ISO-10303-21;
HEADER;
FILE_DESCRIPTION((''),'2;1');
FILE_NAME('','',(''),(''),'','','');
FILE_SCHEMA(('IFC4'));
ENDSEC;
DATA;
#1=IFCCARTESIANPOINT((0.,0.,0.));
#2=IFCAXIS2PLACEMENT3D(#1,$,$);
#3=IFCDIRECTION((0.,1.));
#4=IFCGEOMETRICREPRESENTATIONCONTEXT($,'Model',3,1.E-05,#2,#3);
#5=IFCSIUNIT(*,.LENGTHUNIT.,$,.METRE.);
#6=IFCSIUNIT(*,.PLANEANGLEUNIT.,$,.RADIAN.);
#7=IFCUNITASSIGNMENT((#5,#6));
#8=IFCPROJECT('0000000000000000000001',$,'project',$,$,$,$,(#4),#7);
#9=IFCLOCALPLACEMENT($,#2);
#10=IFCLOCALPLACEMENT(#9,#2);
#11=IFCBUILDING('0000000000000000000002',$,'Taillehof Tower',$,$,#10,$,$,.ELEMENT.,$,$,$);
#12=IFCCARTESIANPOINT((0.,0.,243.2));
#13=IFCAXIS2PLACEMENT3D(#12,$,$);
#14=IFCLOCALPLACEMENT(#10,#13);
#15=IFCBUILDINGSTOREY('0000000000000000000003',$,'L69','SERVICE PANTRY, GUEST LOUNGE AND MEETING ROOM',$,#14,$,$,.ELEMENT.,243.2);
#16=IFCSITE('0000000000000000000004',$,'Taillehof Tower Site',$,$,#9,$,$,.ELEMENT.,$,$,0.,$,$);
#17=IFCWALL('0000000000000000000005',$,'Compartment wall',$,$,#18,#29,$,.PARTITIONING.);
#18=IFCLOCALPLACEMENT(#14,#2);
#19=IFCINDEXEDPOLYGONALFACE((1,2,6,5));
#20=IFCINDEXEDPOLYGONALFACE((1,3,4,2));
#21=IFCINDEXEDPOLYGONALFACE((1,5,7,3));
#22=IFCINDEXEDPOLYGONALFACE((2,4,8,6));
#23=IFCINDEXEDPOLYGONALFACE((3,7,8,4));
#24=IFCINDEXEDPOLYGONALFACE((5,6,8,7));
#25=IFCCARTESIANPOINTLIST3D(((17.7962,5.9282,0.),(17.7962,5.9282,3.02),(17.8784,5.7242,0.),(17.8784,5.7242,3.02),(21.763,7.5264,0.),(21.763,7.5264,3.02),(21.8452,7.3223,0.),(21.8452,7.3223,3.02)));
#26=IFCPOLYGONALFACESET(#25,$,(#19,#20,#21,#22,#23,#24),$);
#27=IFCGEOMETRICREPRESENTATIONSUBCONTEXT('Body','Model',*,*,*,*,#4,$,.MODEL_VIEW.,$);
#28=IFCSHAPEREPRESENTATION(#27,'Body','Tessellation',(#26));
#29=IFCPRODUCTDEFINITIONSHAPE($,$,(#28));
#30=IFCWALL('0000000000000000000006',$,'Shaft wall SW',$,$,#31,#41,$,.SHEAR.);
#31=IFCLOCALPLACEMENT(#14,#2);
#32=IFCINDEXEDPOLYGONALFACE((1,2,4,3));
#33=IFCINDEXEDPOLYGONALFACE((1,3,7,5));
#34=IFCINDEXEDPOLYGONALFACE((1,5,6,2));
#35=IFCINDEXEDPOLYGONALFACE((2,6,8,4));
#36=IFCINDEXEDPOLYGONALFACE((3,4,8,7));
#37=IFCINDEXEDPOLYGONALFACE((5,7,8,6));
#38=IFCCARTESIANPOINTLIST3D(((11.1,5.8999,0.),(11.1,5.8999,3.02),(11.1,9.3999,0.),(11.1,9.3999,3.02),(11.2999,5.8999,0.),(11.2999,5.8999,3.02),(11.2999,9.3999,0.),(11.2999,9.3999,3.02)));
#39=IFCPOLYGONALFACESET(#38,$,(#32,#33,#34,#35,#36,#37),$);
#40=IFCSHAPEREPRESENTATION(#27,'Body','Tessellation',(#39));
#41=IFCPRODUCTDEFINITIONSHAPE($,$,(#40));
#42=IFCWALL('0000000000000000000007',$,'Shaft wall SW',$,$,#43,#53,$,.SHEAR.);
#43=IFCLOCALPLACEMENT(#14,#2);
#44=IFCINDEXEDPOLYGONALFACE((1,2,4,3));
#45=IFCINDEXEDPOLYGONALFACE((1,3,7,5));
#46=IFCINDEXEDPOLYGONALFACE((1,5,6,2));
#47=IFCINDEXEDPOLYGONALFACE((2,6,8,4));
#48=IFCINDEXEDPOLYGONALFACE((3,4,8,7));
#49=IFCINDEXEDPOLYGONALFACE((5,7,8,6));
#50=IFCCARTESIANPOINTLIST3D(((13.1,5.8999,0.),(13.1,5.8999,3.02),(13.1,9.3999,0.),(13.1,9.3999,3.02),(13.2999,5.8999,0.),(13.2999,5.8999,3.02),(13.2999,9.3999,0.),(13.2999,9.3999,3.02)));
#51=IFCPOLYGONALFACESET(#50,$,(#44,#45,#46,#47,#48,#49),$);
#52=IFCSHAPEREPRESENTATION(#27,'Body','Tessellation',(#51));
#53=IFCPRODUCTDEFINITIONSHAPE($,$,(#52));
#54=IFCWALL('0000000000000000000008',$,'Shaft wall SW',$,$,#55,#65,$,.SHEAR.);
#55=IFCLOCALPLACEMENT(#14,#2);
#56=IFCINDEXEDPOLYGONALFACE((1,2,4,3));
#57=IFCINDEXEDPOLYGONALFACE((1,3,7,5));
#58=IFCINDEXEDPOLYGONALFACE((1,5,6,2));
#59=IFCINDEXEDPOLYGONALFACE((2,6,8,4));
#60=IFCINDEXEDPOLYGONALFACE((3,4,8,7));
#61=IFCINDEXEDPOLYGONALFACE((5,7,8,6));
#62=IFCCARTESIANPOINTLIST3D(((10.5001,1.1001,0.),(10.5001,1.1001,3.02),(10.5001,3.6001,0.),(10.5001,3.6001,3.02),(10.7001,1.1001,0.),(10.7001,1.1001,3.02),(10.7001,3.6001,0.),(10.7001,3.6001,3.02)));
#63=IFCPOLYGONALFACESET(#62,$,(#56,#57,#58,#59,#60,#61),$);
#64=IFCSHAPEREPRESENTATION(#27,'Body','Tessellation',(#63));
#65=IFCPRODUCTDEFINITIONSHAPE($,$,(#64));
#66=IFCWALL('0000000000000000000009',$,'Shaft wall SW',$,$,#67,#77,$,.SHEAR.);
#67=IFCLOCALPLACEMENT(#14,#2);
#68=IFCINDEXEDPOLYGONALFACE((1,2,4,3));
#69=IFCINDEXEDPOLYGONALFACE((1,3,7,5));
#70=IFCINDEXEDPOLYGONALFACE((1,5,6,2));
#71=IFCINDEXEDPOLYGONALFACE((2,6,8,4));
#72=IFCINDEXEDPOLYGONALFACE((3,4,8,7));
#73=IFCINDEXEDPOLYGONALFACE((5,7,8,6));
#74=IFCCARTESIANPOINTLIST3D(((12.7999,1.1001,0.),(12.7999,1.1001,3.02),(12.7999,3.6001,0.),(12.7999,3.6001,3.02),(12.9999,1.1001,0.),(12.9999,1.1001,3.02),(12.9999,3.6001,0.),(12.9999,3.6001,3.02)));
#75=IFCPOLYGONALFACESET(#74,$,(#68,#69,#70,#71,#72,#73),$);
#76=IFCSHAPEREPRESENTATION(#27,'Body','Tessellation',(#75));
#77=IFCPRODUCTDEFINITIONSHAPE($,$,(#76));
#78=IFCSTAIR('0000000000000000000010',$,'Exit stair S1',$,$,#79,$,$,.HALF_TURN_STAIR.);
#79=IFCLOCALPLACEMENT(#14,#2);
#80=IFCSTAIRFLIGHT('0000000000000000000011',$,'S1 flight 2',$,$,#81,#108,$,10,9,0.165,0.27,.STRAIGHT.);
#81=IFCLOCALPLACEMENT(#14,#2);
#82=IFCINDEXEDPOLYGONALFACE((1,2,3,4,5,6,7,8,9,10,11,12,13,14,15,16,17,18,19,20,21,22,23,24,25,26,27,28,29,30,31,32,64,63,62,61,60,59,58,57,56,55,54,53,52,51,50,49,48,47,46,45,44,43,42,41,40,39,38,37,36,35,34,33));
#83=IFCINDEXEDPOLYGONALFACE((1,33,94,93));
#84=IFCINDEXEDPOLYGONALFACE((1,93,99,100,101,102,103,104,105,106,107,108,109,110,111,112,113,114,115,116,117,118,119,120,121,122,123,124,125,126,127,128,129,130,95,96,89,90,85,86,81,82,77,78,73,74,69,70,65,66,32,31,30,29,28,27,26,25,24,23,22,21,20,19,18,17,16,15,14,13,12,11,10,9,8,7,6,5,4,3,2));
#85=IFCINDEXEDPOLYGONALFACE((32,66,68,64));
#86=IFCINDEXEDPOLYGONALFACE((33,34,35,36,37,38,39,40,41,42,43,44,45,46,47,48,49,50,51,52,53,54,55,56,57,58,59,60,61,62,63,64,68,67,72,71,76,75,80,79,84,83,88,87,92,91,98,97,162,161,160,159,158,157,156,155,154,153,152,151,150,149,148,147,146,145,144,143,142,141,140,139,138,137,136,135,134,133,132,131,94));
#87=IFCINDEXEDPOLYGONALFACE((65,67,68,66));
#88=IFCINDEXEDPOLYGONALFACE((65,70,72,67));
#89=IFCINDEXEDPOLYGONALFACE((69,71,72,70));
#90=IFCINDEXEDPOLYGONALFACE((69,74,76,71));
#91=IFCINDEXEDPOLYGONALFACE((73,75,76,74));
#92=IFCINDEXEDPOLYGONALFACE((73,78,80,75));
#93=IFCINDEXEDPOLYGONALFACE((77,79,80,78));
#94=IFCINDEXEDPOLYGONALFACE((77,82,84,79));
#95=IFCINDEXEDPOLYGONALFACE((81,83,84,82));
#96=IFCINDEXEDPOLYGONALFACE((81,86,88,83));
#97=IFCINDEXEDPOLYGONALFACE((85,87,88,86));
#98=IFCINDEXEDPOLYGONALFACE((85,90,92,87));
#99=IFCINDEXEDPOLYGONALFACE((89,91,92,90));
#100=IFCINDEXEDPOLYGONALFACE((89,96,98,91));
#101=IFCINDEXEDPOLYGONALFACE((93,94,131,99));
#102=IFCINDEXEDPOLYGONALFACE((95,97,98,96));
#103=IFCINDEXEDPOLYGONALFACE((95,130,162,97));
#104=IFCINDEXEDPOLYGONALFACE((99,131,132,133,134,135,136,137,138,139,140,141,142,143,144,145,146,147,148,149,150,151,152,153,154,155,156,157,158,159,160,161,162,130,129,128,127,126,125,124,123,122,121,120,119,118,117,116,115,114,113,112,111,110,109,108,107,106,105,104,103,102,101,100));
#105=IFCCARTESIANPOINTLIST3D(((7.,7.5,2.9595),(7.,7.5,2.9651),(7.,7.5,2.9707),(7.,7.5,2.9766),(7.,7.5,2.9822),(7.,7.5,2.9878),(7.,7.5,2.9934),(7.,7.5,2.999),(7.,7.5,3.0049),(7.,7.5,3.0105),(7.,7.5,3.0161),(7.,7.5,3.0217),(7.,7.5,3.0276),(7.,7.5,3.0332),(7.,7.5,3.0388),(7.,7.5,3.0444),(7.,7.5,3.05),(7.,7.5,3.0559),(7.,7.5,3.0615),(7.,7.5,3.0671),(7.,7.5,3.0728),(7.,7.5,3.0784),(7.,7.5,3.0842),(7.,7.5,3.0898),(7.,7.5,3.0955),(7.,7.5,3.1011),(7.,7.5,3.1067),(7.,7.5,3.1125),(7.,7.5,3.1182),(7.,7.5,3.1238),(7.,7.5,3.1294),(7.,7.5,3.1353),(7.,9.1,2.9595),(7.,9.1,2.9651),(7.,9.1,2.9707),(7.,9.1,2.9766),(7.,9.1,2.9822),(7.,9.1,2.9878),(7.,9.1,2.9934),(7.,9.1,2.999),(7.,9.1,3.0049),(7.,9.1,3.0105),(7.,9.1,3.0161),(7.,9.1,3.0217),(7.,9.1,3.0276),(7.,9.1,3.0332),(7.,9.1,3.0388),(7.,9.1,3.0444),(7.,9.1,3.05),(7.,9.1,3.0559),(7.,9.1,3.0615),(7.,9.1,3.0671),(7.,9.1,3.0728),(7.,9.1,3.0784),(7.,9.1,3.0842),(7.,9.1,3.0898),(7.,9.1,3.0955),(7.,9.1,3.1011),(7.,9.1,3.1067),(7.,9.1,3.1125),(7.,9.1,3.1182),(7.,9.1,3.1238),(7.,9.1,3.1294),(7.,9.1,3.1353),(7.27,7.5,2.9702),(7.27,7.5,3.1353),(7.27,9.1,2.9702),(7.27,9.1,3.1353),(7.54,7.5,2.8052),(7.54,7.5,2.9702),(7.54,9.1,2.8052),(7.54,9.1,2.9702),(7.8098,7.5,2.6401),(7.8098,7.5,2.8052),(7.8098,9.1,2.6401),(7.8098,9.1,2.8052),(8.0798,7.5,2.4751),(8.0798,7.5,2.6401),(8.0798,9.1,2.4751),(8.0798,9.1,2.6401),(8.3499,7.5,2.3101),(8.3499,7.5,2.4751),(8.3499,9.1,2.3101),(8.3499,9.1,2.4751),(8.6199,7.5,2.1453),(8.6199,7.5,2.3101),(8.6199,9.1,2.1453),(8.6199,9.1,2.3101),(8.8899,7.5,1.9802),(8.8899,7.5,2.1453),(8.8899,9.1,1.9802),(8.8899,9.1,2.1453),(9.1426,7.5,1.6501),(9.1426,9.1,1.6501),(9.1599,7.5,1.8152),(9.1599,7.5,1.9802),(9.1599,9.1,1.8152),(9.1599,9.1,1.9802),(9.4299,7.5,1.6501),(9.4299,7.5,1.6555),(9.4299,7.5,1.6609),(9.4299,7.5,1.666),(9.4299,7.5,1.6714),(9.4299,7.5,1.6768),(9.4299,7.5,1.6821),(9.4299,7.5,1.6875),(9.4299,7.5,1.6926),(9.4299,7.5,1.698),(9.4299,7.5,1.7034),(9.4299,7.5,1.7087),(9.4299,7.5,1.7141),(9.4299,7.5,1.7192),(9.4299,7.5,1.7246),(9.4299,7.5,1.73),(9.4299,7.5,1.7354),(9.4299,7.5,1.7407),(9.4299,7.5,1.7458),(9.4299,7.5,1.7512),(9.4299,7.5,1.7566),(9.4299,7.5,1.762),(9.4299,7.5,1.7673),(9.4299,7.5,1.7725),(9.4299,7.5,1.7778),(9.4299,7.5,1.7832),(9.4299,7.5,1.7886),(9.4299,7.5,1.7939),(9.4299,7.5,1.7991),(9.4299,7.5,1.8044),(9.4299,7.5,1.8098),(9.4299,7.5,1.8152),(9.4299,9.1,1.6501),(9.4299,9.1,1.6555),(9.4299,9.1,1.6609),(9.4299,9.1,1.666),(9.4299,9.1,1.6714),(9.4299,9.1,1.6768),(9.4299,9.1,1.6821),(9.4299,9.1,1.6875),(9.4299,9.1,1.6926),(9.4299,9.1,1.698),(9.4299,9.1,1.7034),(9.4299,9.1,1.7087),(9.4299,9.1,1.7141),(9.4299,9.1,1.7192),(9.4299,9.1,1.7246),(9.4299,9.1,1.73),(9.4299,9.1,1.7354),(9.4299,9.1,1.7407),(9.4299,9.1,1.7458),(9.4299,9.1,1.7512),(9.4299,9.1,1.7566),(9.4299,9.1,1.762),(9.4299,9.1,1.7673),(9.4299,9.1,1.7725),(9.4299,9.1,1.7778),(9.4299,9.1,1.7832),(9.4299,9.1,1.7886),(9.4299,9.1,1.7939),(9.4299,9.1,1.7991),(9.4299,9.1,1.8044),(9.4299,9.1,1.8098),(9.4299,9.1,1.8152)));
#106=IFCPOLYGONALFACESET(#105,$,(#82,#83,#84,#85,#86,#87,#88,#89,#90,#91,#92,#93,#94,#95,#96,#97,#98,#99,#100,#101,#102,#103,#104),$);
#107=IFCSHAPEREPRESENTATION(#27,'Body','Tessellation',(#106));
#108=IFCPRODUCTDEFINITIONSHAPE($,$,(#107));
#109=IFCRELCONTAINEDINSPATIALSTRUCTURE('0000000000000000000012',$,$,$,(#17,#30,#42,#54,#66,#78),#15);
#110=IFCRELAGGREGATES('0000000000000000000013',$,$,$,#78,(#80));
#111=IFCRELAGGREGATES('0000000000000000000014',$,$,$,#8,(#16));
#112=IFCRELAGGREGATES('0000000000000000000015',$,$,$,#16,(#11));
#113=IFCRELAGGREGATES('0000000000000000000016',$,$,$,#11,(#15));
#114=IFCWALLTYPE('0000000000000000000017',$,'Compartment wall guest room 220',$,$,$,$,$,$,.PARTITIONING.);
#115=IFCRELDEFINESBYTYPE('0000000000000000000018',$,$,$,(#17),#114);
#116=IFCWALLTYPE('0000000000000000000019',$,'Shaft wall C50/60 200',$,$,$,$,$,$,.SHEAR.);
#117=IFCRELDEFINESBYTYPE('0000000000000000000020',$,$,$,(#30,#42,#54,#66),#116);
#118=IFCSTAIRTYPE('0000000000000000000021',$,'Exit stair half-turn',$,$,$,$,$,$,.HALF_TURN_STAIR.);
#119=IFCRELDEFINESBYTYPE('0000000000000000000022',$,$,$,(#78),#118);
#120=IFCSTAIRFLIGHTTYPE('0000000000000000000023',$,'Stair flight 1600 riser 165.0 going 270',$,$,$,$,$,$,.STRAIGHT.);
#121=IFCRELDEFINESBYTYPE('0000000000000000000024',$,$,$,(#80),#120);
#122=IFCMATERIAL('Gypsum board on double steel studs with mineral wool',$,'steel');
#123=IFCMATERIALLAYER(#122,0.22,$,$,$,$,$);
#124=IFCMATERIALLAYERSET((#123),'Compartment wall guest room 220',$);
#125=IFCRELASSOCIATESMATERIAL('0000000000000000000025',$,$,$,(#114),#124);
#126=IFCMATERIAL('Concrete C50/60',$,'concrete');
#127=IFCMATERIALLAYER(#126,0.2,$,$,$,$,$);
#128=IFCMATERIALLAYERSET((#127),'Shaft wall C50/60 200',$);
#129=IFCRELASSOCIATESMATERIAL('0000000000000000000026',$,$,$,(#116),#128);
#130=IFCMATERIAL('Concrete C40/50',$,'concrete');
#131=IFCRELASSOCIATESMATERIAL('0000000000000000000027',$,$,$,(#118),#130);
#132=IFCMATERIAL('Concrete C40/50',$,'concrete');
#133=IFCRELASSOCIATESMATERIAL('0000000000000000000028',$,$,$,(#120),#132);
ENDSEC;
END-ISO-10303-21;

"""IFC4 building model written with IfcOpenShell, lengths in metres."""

from ifc_helpers import new_model, si_unit, direction, frame, frame_2d, origin, place, context, subcontext, project, spatial, polyline, rectangle, outline, extrude, material, layer, layer_set, type_object, element, aggregate, save


model = new_model("IFC4")

# Units and contexts
model_context = context("Model", 3, precision=1e-05, world=origin(), true_north=direction((0.0, 1.0)))
body_context = subcontext(model_context, "Body", "Model", "MODEL_VIEW")
ifc_project = project(units=[si_unit("LENGTHUNIT", "METRE"), si_unit("PLANEANGLEUNIT", "RADIAN")], contexts=[model_context])

# Site, building, storey
site_placement = place(None, origin())
site = spatial("IfcSite", under=ifc_project, at=site_placement, Name="Taillehof Tower Site", CompositionType="ELEMENT", RefElevation=0.0)
building_placement = place(site_placement, origin())
building = spatial("IfcBuilding", under=site, at=building_placement, Name="Taillehof Tower", CompositionType="ELEMENT")
storey_placement = place(building_placement, frame((0.0, 0.0, 243.2)))
storey = spatial("IfcBuildingStorey", under=building, at=storey_placement, Name="L69", Description="SERVICE PANTRY, GUEST LOUNGE AND MEETING ROOM", CompositionType="ELEMENT", Elevation=243.2)

# Walls
ifc_material_1 = material(Name="Gypsum board on double steel studs with mineral wool", Category="steel")
ifc_layer_1 = layer(ifc_material_1, 0.22)
ifc_layer_set_1 = layer_set([ifc_layer_1], Name="Compartment wall guest room 220")
wall_type_1 = type_object("IfcWallType", Name="Compartment wall guest room 220", PredefinedType="PARTITIONING", material=ifc_layer_set_1)
wall_1_placement = place(storey_placement, frame((21.804, 7.4243, 0.0), z_axis=(0.0, 0.0, 1.0), x_axis=(-0.927553, -0.373693, 0.0)))
element("IfcWall", 1, at=wall_1_placement, inside=storey, type_object=wall_type_1, Name="Compartment wall", PredefinedType="PARTITIONING", context=body_context, shape_type="SweptSolid", body=[
    extrude(rectangle(XDim=4.2766, YDim=0.22, at=frame_2d((2.1382, 0.0))), origin(), (0.0, 0.0, 1.0), 3.02),
])
ifc_material_2 = material(Name="Concrete C50/60", Category="concrete")
ifc_layer_2 = layer(ifc_material_2, 0.2)
ifc_layer_set_2 = layer_set([ifc_layer_2], Name="Shaft wall C50/60 200")
wall_type_2 = type_object("IfcWallType", Name="Shaft wall C50/60 200", PredefinedType="SHEAR", material=ifc_layer_set_2)
for number, where, z_axis, x_axis, name in (
    (2, (11.2, 5.8999, 0.0), (0.0, 0.0, 1.0), (0.0, 1.0, 0.0), "Shaft wall SW"),
    (3, (13.2, 5.8999, 0.0), (0.0, 0.0, 1.0), (0.0, 1.0, 0.0), "Shaft wall SW"),
):
    element("IfcWall", number, at=place(storey_placement, frame(where, z_axis=z_axis, x_axis=x_axis)), inside=storey, type_object=wall_type_2, Name=name, PredefinedType="SHEAR", context=body_context, shape_type="SweptSolid", body=[
        extrude(rectangle(XDim=3.5, YDim=0.2, at=frame_2d((1.75, 0.0))), origin(), (0.0, 0.0, 1.0), 3.02),
    ])
for number, where, z_axis, x_axis, name in (
    (4, (10.6001, 1.1001, 0.0), (0.0, 0.0, 1.0), (0.0, 1.0, 0.0), "Shaft wall SW"),
    (5, (12.8999, 1.1001, 0.0), (0.0, 0.0, 1.0), (0.0, 1.0, 0.0), "Shaft wall SW"),
):
    element("IfcWall", number, at=place(storey_placement, frame(where, z_axis=z_axis, x_axis=x_axis)), inside=storey, type_object=wall_type_2, Name=name, PredefinedType="SHEAR", context=body_context, shape_type="SweptSolid", body=[
        extrude(rectangle(XDim=2.5, YDim=0.2, at=frame_2d((1.25, 0.0))), origin(), (0.0, 0.0, 1.0), 3.02),
    ])

# Stair, stair flight
ifc_material_3 = material(Name="Concrete C40/50", Category="concrete")
stair_type = type_object("IfcStairType", Name="Exit stair half-turn", PredefinedType="HALF_TURN_STAIR", material=ifc_material_3)
stair_placement = place(storey_placement, origin())
stair = element("IfcStair", 6, at=stair_placement, inside=storey, type_object=stair_type, Name="Exit stair S1", PredefinedType="HALF_TURN_STAIR")
ifc_material_4 = material(Name="Concrete C40/50", Category="concrete")
stair_flight_type = type_object("IfcStairFlightType", Name="Stair flight 1600 riser 165.0 going 270", PredefinedType="STRAIGHT", material=ifc_material_4)
stair_flight_placement = place(storey_placement, frame((9.4299, 8.3, 1.6501), z_axis=(0.0, 0.0, 1.0), x_axis=(-1.0, 0.0, 0.0)))
stair_flight = element("IfcStairFlight", 7, at=stair_flight_placement, type_object=stair_flight_type, Name="S1 flight 2", NumberOfRisers=10, NumberOfTreads=9, PredefinedType="STRAIGHT", RiserHeight=0.165, TreadLength=0.27, context=body_context, shape_type="SweptSolid", body=[
    extrude(outline(polyline([(0.0, 0.0), (0.0, 0.0054), (0.0, 0.0107), (0.0, 0.0159), (0.0, 0.0212), (0.0, 0.0266), (0.0, 0.032), (0.0, 0.0374), (0.0, 0.0425), (0.0, 0.0479), (0.0, 0.0532), (0.0, 0.0586), (0.0, 0.064), (0.0, 0.0691), (0.0, 0.0745), (0.0, 0.0798), (0.0, 0.0852), (0.0, 0.0906), (0.0, 0.0957), (0.0, 0.1011), (0.0, 0.1064), (0.0, 0.1118), (0.0, 0.1172), (0.0, 0.1223), (0.0, 0.1277), (0.0, 0.1331), (0.0, 0.1384), (0.0, 0.1438), (0.0, 0.1489), (0.0, 0.1543), (0.0, 0.1597), (0.0, 0.165), (0.27, 0.165), (0.27, 0.3301), (0.54, 0.3301), (0.54, 0.4951), (0.8101, 0.4951), (0.8101, 0.6599), (1.0801, 0.6599), (1.0801, 0.825), (1.3501, 0.825), (1.3501, 0.99), (1.6201, 0.99), (1.6201, 1.155), (1.8899, 1.155), (1.8899, 1.3201), (2.1599, 1.3201), (2.1599, 1.4851), (2.4299, 1.4851), (2.4299, 1.4792), (2.4299, 1.4736), (2.4299, 1.468), (2.4299, 1.4624), (2.4299, 1.4565), (2.4299, 1.4509), (2.4299, 1.4453), (2.4299, 1.4397), (2.4299, 1.4341), (2.4299, 1.4282), (2.4299, 1.4226), (2.4299, 1.417), (2.4299, 1.4114), (2.4299, 1.4058), (2.4299, 1.3999), (2.4299, 1.3943), (2.4299, 1.3887), (2.4299, 1.3831), (2.4299, 1.3774), (2.4299, 1.3716), (2.4299, 1.366), (2.4299, 1.3604), (2.4299, 1.3547), (2.4299, 1.3489), (2.4299, 1.3433), (2.4299, 1.3376), (2.4299, 1.332), (2.4299, 1.3264), (2.4299, 1.3206), (2.4299, 1.3149), (2.4299, 1.3093), (0.2874, 0.0), (0.0, 0.0)])), frame((0.0, 0.8, 0.0), z_axis=(0.0, -1.0, 0.0), x_axis=(1.0, 0.0, 0.0)), (0.0, 0.0, 1.0), 1.6),
])
aggregate(stair, [stair_flight])

save(model, "model.ifc")
